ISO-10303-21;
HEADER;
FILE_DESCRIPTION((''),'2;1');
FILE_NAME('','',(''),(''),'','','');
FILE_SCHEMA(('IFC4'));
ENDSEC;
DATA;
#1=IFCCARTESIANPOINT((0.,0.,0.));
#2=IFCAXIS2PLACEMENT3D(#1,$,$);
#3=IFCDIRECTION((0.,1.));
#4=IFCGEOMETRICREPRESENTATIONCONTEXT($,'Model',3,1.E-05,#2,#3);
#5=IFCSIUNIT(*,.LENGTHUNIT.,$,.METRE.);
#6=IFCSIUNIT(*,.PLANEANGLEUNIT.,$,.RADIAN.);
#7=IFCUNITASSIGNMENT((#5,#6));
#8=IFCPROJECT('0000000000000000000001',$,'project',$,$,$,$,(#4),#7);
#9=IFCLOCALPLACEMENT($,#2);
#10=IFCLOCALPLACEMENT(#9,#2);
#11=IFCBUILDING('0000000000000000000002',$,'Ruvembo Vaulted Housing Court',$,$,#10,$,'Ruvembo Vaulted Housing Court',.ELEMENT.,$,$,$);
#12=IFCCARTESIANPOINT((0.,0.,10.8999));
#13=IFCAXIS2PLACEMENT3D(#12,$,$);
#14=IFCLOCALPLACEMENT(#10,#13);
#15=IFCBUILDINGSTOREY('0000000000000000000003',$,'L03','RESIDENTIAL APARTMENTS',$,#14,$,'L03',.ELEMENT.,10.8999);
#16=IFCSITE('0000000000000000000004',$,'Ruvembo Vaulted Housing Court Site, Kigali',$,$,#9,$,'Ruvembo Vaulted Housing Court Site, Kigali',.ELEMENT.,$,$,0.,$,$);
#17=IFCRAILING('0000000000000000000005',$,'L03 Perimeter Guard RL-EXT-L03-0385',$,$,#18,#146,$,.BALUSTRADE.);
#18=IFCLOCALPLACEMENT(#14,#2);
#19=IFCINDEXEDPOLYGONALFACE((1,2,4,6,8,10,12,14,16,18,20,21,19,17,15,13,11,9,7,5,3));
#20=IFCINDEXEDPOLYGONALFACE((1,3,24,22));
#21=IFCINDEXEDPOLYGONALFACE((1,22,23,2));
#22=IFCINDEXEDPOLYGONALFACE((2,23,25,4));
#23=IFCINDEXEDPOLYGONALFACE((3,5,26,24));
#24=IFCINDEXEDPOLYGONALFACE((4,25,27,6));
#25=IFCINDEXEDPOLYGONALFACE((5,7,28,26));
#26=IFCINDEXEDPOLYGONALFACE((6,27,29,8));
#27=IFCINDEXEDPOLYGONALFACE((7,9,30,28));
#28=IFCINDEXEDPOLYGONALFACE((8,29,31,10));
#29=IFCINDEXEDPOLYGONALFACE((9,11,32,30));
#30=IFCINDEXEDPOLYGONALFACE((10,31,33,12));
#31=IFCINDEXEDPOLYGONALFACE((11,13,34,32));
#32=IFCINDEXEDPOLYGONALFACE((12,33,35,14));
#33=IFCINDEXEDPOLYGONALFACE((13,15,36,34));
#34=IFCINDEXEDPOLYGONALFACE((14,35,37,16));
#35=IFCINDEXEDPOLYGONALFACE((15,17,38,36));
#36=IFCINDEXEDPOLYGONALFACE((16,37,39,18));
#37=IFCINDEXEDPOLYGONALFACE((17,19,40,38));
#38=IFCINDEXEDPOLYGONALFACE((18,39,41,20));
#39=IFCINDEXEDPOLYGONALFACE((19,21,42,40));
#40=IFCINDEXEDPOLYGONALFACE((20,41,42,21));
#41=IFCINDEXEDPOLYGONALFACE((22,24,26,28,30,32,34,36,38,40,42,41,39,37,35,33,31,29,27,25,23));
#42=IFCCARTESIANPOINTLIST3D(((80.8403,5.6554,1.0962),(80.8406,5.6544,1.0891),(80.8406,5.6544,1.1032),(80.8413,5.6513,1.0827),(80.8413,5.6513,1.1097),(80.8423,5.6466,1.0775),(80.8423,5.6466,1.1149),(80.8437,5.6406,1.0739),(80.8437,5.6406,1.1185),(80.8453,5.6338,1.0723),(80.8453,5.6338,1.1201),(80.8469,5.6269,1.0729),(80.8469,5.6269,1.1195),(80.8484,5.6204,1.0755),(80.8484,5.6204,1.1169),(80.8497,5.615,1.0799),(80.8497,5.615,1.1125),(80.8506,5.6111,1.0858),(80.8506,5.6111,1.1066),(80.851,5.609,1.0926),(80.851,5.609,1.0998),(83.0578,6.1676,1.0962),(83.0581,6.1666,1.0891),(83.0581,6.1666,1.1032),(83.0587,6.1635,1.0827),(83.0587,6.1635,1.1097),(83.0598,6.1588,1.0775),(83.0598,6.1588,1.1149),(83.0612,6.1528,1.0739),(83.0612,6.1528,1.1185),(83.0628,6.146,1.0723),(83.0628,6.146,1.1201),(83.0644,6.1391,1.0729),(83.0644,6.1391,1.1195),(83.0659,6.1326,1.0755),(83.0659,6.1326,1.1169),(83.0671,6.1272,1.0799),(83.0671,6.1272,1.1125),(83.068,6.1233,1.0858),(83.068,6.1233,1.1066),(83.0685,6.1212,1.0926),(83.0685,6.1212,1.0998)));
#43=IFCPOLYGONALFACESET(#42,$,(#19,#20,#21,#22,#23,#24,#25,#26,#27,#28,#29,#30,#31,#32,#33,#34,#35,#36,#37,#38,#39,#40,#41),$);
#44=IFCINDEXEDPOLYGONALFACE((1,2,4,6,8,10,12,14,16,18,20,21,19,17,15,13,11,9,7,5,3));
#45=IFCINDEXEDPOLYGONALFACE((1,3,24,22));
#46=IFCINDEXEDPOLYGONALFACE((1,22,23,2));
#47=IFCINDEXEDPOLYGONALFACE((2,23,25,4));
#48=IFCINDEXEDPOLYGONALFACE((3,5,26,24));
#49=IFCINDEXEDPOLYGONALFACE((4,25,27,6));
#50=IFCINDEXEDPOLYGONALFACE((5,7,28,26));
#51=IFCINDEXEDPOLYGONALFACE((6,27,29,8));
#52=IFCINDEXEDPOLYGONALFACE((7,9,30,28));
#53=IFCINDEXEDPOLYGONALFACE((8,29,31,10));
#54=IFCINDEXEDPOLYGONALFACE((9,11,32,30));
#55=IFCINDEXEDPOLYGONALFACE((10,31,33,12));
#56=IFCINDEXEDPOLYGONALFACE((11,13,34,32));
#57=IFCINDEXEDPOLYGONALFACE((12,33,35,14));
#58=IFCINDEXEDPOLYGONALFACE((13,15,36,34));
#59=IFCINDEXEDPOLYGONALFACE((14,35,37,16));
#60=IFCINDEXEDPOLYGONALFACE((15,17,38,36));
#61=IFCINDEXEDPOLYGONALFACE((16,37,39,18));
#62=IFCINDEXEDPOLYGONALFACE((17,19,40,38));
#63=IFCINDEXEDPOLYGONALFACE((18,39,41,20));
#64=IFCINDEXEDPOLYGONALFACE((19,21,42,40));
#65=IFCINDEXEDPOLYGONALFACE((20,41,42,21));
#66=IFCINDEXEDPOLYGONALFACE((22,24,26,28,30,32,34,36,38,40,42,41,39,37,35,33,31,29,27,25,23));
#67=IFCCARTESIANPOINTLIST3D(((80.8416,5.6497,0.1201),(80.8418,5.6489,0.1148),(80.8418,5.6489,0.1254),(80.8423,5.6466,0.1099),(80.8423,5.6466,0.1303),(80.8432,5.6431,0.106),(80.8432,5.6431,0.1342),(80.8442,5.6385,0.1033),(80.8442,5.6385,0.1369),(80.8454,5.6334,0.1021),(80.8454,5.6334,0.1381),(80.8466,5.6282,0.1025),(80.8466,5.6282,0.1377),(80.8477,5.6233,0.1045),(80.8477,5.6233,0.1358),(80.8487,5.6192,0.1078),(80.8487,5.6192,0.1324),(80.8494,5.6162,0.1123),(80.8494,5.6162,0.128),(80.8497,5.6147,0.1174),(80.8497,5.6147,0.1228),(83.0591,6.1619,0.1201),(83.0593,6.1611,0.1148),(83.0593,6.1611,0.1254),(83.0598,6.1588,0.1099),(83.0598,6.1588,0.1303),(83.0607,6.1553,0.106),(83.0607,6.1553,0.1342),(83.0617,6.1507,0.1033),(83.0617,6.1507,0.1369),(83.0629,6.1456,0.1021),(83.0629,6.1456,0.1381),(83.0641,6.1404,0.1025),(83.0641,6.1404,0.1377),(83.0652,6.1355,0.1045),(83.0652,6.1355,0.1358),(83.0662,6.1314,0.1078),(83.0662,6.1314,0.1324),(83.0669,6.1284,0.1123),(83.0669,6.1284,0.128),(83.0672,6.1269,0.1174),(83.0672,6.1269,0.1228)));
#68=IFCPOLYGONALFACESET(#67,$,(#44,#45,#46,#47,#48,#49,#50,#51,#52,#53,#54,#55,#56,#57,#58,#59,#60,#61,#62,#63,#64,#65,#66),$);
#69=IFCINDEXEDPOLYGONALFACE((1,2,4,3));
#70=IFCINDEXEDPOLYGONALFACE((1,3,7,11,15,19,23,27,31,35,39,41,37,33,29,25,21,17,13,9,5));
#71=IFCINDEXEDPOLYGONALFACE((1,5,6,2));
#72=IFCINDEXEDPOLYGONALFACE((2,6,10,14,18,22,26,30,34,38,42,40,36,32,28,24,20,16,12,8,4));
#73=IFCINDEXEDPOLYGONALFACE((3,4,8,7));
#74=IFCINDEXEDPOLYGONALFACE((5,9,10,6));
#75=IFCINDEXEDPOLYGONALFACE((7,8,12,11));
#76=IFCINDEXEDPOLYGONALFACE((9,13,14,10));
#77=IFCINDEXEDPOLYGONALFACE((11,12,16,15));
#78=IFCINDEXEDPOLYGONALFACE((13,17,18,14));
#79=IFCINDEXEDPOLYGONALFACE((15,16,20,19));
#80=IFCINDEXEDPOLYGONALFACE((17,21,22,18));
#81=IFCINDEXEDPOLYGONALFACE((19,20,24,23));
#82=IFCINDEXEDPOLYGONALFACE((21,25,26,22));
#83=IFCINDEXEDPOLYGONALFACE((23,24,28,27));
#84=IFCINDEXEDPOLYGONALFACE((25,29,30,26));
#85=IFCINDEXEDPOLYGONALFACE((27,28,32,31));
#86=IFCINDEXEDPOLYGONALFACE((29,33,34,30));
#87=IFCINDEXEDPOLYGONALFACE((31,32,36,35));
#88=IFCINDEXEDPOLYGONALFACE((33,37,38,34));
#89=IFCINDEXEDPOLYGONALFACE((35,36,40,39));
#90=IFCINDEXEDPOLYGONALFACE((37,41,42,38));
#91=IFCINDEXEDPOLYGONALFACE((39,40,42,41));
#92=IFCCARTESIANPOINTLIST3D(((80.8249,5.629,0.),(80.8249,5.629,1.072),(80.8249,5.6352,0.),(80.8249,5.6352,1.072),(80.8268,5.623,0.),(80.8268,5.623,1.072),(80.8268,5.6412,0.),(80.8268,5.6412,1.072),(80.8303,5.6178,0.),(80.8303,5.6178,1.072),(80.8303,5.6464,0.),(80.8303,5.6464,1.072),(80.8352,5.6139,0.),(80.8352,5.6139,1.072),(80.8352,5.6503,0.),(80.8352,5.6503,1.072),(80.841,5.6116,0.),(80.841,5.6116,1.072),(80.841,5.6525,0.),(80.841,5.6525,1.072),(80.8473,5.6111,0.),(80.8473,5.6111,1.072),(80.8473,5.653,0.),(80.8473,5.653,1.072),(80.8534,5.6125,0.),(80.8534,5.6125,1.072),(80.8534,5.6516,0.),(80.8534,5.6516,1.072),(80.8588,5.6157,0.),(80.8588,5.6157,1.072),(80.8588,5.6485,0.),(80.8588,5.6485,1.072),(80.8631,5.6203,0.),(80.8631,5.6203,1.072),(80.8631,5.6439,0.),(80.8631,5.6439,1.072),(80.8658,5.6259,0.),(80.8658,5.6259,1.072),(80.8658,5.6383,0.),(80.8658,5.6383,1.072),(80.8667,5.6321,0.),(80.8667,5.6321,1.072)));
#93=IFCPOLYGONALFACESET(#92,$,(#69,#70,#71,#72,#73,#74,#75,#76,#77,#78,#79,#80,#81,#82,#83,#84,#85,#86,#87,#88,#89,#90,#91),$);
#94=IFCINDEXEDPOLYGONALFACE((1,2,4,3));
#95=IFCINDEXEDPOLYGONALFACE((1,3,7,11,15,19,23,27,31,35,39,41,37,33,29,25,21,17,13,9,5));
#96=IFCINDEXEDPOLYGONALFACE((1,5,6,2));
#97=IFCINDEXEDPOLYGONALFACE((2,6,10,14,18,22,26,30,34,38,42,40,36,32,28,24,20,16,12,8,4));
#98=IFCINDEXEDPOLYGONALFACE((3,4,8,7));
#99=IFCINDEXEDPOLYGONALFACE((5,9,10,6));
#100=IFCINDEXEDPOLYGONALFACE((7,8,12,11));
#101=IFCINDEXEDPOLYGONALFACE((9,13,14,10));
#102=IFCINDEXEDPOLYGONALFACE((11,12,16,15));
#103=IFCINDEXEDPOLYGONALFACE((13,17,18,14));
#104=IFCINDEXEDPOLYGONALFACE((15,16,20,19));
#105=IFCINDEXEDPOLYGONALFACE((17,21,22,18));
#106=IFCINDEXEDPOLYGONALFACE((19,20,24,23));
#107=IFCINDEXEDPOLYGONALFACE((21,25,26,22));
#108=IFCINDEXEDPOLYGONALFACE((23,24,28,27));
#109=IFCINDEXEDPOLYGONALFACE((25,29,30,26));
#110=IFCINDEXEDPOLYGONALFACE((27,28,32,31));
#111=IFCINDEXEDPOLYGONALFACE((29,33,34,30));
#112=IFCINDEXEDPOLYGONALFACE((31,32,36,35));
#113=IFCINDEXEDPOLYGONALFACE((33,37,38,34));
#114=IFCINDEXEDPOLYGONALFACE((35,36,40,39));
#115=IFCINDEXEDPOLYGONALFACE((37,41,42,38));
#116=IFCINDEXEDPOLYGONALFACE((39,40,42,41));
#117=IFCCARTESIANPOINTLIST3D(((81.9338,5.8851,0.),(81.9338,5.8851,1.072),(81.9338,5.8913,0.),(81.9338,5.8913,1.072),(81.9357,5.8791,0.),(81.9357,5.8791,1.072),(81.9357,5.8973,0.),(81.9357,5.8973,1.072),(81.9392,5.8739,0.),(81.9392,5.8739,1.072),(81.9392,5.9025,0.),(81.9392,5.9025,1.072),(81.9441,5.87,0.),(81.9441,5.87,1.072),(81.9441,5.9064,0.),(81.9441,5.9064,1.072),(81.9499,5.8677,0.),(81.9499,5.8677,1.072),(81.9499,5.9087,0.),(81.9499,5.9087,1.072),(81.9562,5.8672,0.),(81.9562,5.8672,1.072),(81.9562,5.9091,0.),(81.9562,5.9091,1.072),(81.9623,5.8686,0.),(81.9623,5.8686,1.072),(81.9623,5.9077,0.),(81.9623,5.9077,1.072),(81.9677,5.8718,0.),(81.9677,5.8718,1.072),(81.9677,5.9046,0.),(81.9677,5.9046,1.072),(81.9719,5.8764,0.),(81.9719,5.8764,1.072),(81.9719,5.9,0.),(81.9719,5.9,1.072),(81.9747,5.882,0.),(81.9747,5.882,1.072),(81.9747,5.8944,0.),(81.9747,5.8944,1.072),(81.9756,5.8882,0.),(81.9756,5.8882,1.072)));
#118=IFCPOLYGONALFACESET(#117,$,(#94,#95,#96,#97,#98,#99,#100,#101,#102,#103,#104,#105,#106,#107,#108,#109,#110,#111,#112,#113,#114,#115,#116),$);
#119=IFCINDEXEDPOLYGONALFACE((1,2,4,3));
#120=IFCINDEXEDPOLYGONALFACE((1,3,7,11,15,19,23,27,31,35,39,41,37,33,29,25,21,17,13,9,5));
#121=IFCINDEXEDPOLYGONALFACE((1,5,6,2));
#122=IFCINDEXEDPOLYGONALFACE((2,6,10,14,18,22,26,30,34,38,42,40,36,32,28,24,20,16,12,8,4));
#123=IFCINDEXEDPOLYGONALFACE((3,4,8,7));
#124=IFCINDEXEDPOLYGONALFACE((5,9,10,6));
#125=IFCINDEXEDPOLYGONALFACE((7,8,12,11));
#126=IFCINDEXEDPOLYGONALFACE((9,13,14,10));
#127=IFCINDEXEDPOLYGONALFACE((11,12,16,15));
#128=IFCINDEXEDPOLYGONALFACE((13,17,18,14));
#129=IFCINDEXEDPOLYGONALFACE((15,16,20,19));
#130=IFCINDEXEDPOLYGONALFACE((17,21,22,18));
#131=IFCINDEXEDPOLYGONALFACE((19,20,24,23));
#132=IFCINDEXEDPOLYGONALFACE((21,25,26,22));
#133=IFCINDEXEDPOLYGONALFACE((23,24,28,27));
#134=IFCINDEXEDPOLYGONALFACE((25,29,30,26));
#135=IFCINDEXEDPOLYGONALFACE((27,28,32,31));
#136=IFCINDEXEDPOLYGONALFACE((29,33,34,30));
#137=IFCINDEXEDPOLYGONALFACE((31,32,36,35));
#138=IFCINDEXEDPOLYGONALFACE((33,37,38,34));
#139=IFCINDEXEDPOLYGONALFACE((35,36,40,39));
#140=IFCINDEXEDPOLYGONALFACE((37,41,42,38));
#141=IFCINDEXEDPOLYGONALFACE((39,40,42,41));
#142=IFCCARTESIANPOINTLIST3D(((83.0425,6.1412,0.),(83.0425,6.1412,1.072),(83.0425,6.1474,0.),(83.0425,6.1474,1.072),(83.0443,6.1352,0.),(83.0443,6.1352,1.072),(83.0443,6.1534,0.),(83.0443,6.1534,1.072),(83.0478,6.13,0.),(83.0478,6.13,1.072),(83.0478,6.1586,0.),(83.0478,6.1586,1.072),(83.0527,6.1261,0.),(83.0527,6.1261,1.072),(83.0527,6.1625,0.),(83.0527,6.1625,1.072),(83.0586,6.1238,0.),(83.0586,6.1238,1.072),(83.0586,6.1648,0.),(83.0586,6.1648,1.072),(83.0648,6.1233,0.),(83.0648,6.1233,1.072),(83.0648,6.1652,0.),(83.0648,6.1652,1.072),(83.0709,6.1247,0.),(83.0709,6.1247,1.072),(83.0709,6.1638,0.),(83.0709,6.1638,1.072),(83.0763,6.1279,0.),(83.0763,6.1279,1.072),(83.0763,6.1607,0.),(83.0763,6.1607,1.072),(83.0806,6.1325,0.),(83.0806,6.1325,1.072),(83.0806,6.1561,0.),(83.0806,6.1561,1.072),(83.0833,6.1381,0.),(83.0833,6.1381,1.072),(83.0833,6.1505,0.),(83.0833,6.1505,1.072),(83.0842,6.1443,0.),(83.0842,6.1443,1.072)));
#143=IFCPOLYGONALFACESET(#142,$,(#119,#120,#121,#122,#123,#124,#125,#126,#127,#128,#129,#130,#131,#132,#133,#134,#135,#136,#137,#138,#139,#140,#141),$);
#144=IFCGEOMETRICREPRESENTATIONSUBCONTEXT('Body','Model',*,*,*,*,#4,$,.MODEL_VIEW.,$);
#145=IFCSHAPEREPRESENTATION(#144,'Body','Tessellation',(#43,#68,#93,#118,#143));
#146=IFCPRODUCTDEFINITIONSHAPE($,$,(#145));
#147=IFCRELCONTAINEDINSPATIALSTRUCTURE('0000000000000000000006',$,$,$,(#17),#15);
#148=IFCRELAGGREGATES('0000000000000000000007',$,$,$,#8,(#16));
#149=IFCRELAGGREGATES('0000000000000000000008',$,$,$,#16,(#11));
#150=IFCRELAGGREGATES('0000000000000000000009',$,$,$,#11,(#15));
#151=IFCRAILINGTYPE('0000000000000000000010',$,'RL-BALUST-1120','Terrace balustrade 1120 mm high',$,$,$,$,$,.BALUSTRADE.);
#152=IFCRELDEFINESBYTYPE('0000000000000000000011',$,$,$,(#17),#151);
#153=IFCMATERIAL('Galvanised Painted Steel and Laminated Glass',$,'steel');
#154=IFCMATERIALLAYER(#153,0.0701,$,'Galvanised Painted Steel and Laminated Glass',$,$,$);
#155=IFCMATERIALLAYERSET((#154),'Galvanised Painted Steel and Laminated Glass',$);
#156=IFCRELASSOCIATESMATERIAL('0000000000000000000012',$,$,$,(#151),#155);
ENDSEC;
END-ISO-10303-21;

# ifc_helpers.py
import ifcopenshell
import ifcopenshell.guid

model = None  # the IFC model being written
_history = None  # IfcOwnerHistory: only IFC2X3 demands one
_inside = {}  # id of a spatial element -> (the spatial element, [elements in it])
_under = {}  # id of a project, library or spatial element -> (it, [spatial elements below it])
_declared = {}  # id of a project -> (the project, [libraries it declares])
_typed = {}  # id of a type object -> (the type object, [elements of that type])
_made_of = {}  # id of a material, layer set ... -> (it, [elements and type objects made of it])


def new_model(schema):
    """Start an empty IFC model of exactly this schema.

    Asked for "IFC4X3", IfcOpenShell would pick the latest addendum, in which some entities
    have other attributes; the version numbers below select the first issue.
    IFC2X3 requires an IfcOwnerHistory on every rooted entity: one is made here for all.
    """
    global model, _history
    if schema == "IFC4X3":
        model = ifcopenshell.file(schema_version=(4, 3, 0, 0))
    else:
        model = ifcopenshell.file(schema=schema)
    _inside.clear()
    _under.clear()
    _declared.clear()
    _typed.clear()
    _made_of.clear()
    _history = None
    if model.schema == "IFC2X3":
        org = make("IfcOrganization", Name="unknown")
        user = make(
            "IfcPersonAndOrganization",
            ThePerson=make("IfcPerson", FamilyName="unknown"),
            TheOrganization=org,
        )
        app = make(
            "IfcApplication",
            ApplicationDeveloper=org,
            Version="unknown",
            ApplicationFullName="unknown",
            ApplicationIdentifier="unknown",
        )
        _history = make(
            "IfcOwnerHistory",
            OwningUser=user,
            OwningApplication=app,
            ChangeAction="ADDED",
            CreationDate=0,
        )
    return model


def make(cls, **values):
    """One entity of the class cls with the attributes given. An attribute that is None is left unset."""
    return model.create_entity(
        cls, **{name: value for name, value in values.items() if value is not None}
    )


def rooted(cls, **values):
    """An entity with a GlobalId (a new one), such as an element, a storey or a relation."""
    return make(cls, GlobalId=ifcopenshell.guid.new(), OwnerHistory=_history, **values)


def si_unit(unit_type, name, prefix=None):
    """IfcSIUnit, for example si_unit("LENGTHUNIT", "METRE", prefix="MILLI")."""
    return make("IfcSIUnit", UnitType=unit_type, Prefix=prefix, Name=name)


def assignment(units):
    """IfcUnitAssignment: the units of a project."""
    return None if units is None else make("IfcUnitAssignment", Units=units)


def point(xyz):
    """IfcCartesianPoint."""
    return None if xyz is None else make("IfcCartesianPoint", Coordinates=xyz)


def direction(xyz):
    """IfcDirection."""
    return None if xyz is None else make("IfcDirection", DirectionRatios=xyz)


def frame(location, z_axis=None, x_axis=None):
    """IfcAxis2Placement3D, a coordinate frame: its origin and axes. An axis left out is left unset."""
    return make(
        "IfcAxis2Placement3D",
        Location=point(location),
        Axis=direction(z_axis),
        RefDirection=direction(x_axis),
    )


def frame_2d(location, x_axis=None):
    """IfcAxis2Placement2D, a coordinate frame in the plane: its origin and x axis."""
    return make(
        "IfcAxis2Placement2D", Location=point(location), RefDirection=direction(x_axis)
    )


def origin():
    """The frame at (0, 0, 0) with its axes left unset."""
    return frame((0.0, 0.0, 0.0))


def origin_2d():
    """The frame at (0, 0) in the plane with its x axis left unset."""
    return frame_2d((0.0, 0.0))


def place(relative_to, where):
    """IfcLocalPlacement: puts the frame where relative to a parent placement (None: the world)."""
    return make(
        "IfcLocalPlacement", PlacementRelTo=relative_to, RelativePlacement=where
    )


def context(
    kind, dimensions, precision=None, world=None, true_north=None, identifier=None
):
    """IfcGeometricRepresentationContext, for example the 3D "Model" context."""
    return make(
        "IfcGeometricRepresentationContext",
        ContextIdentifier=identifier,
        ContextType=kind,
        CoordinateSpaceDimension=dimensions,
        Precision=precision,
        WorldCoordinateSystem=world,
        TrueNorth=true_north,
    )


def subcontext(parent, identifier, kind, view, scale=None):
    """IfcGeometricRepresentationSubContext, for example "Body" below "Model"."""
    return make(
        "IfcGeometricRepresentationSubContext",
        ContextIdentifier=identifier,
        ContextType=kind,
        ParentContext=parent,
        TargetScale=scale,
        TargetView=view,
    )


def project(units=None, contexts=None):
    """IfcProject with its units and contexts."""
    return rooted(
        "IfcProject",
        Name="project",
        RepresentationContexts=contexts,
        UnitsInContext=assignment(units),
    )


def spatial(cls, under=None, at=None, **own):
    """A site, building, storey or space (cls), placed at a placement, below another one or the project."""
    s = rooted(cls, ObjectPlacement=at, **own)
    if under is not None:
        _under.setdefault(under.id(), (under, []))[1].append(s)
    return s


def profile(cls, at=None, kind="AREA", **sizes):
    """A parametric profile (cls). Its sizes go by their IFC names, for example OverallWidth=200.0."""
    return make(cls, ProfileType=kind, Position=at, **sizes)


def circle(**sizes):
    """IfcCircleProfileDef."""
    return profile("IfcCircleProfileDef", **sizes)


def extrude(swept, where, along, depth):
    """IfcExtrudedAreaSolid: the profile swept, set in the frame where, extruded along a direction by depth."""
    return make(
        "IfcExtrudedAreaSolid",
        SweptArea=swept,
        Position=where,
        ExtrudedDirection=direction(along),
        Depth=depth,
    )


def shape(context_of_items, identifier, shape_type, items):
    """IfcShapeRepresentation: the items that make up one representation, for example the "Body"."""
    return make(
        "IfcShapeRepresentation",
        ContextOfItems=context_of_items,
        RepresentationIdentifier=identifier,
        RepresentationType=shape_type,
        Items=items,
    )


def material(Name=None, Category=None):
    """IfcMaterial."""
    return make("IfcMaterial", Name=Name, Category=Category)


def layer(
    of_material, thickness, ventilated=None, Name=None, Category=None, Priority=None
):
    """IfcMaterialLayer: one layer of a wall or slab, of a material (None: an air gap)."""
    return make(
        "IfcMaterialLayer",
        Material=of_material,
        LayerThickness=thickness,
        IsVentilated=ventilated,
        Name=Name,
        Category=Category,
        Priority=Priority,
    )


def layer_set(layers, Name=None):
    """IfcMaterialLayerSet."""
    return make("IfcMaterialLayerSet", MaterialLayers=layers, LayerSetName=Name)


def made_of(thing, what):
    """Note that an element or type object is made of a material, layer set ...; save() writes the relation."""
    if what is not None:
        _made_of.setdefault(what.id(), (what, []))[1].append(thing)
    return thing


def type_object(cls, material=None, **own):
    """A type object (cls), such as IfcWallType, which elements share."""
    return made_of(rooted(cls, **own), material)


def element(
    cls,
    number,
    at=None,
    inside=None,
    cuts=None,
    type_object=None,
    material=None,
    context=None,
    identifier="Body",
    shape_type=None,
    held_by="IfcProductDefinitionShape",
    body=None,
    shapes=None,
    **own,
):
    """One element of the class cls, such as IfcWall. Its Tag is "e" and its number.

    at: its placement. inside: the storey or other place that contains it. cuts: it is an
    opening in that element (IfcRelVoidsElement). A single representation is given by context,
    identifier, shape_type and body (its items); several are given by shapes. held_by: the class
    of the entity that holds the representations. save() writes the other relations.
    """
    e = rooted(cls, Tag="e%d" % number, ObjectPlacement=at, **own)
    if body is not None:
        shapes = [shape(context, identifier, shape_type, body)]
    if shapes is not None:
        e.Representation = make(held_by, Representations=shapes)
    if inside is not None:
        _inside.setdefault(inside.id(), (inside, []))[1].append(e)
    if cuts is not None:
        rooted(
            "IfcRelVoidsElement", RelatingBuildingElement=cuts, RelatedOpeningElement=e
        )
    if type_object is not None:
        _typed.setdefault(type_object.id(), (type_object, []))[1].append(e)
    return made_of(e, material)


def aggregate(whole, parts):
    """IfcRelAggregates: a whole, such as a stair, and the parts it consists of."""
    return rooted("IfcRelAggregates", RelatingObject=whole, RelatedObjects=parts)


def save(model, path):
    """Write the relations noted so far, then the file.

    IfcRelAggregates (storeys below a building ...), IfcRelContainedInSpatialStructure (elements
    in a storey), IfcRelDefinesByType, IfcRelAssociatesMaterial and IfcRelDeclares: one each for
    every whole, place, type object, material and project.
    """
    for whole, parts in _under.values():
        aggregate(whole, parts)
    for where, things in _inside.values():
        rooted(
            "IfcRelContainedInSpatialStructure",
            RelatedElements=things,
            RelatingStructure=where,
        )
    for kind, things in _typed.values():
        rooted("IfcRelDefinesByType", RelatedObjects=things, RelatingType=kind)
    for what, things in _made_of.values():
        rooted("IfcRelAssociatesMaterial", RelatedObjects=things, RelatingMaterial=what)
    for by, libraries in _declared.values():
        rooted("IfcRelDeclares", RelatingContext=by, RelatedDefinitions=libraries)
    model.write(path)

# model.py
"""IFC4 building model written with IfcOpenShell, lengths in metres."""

from ifc_helpers import new_model, si_unit, direction, frame, origin, origin_2d, place, context, subcontext, project, spatial, circle, extrude, material, layer, layer_set, type_object, element, save


model = new_model("IFC4")

# Units and contexts
model_context = context("Model", 3, precision=1e-05, world=origin(), true_north=direction((0.0, 1.0)))
body_context = subcontext(model_context, "Body", "Model", "MODEL_VIEW")
ifc_project = project(units=[si_unit("LENGTHUNIT", "METRE"), si_unit("PLANEANGLEUNIT", "RADIAN")], contexts=[model_context])

# Site, building, storey
site_placement = place(None, origin())
site = spatial("IfcSite", under=ifc_project, at=site_placement, Name="Ruvembo Vaulted Housing Court Site, Kigali", LongName="Ruvembo Vaulted Housing Court Site, Kigali", CompositionType="ELEMENT", RefElevation=0.0)
building_placement = place(site_placement, origin())
building = spatial("IfcBuilding", under=site, at=building_placement, Name="Ruvembo Vaulted Housing Court", LongName="Ruvembo Vaulted Housing Court", CompositionType="ELEMENT")
storey_placement = place(building_placement, frame((0.0, 0.0, 10.8999)))
storey = spatial("IfcBuildingStorey", under=building, at=storey_placement, Name="L03", Description="RESIDENTIAL APARTMENTS", LongName="L03", CompositionType="ELEMENT", Elevation=10.8999)

# Railing
ifc_material_1 = material(Name="Galvanised Painted Steel and Laminated Glass", Category="steel")
ifc_layer_1 = layer(ifc_material_1, 0.0701, Name="Galvanised Painted Steel and Laminated Glass")
ifc_layer_set_1 = layer_set([ifc_layer_1], Name="Galvanised Painted Steel and Laminated Glass")
railing_type = type_object("IfcRailingType", Name="RL-BALUST-1120", Description="Terrace balustrade 1120 mm high", PredefinedType="BALUSTRADE", material=ifc_layer_set_1)
railing_1_placement = place(storey_placement, frame((80.8457, 5.6321, 0.0)))
element("IfcRailing", 1, at=railing_1_placement, inside=storey, type_object=railing_type, Name="L03 Perimeter Guard RL-EXT-L03-0385", PredefinedType="BALUSTRADE", context=body_context, shape_type="SweptSolid", body=[
    extrude(circle(Radius=0.0239, at=origin_2d()), frame((0.0, 0.0, 1.0962), z_axis=(0.974346, 0.225055, 0.0), x_axis=(-0.225055, 0.974346, 0.0)), (0.0, 0.0, 1.0), 2.2759),
    extrude(circle(Radius=0.0181, at=origin_2d()), frame((0.0, 0.0, 0.1201), z_axis=(0.974346, 0.225055, 0.0), x_axis=(-0.225055, 0.974346, 0.0)), (0.0, 0.0, 1.0), 2.2759),
    extrude(circle(Radius=0.021, at=origin_2d()), origin(), (0.0, 0.0, 1.0), 1.072),
    extrude(circle(Radius=0.021, at=origin_2d()), frame((1.1089, 0.2561, 0.0)), (0.0, 0.0, 1.0), 1.072),
    extrude(circle(Radius=0.021, at=origin_2d()), frame((2.2175, 0.5122, 0.0)), (0.0, 0.0, 1.0), 1.072),
])

save(model, "model.ifc")
